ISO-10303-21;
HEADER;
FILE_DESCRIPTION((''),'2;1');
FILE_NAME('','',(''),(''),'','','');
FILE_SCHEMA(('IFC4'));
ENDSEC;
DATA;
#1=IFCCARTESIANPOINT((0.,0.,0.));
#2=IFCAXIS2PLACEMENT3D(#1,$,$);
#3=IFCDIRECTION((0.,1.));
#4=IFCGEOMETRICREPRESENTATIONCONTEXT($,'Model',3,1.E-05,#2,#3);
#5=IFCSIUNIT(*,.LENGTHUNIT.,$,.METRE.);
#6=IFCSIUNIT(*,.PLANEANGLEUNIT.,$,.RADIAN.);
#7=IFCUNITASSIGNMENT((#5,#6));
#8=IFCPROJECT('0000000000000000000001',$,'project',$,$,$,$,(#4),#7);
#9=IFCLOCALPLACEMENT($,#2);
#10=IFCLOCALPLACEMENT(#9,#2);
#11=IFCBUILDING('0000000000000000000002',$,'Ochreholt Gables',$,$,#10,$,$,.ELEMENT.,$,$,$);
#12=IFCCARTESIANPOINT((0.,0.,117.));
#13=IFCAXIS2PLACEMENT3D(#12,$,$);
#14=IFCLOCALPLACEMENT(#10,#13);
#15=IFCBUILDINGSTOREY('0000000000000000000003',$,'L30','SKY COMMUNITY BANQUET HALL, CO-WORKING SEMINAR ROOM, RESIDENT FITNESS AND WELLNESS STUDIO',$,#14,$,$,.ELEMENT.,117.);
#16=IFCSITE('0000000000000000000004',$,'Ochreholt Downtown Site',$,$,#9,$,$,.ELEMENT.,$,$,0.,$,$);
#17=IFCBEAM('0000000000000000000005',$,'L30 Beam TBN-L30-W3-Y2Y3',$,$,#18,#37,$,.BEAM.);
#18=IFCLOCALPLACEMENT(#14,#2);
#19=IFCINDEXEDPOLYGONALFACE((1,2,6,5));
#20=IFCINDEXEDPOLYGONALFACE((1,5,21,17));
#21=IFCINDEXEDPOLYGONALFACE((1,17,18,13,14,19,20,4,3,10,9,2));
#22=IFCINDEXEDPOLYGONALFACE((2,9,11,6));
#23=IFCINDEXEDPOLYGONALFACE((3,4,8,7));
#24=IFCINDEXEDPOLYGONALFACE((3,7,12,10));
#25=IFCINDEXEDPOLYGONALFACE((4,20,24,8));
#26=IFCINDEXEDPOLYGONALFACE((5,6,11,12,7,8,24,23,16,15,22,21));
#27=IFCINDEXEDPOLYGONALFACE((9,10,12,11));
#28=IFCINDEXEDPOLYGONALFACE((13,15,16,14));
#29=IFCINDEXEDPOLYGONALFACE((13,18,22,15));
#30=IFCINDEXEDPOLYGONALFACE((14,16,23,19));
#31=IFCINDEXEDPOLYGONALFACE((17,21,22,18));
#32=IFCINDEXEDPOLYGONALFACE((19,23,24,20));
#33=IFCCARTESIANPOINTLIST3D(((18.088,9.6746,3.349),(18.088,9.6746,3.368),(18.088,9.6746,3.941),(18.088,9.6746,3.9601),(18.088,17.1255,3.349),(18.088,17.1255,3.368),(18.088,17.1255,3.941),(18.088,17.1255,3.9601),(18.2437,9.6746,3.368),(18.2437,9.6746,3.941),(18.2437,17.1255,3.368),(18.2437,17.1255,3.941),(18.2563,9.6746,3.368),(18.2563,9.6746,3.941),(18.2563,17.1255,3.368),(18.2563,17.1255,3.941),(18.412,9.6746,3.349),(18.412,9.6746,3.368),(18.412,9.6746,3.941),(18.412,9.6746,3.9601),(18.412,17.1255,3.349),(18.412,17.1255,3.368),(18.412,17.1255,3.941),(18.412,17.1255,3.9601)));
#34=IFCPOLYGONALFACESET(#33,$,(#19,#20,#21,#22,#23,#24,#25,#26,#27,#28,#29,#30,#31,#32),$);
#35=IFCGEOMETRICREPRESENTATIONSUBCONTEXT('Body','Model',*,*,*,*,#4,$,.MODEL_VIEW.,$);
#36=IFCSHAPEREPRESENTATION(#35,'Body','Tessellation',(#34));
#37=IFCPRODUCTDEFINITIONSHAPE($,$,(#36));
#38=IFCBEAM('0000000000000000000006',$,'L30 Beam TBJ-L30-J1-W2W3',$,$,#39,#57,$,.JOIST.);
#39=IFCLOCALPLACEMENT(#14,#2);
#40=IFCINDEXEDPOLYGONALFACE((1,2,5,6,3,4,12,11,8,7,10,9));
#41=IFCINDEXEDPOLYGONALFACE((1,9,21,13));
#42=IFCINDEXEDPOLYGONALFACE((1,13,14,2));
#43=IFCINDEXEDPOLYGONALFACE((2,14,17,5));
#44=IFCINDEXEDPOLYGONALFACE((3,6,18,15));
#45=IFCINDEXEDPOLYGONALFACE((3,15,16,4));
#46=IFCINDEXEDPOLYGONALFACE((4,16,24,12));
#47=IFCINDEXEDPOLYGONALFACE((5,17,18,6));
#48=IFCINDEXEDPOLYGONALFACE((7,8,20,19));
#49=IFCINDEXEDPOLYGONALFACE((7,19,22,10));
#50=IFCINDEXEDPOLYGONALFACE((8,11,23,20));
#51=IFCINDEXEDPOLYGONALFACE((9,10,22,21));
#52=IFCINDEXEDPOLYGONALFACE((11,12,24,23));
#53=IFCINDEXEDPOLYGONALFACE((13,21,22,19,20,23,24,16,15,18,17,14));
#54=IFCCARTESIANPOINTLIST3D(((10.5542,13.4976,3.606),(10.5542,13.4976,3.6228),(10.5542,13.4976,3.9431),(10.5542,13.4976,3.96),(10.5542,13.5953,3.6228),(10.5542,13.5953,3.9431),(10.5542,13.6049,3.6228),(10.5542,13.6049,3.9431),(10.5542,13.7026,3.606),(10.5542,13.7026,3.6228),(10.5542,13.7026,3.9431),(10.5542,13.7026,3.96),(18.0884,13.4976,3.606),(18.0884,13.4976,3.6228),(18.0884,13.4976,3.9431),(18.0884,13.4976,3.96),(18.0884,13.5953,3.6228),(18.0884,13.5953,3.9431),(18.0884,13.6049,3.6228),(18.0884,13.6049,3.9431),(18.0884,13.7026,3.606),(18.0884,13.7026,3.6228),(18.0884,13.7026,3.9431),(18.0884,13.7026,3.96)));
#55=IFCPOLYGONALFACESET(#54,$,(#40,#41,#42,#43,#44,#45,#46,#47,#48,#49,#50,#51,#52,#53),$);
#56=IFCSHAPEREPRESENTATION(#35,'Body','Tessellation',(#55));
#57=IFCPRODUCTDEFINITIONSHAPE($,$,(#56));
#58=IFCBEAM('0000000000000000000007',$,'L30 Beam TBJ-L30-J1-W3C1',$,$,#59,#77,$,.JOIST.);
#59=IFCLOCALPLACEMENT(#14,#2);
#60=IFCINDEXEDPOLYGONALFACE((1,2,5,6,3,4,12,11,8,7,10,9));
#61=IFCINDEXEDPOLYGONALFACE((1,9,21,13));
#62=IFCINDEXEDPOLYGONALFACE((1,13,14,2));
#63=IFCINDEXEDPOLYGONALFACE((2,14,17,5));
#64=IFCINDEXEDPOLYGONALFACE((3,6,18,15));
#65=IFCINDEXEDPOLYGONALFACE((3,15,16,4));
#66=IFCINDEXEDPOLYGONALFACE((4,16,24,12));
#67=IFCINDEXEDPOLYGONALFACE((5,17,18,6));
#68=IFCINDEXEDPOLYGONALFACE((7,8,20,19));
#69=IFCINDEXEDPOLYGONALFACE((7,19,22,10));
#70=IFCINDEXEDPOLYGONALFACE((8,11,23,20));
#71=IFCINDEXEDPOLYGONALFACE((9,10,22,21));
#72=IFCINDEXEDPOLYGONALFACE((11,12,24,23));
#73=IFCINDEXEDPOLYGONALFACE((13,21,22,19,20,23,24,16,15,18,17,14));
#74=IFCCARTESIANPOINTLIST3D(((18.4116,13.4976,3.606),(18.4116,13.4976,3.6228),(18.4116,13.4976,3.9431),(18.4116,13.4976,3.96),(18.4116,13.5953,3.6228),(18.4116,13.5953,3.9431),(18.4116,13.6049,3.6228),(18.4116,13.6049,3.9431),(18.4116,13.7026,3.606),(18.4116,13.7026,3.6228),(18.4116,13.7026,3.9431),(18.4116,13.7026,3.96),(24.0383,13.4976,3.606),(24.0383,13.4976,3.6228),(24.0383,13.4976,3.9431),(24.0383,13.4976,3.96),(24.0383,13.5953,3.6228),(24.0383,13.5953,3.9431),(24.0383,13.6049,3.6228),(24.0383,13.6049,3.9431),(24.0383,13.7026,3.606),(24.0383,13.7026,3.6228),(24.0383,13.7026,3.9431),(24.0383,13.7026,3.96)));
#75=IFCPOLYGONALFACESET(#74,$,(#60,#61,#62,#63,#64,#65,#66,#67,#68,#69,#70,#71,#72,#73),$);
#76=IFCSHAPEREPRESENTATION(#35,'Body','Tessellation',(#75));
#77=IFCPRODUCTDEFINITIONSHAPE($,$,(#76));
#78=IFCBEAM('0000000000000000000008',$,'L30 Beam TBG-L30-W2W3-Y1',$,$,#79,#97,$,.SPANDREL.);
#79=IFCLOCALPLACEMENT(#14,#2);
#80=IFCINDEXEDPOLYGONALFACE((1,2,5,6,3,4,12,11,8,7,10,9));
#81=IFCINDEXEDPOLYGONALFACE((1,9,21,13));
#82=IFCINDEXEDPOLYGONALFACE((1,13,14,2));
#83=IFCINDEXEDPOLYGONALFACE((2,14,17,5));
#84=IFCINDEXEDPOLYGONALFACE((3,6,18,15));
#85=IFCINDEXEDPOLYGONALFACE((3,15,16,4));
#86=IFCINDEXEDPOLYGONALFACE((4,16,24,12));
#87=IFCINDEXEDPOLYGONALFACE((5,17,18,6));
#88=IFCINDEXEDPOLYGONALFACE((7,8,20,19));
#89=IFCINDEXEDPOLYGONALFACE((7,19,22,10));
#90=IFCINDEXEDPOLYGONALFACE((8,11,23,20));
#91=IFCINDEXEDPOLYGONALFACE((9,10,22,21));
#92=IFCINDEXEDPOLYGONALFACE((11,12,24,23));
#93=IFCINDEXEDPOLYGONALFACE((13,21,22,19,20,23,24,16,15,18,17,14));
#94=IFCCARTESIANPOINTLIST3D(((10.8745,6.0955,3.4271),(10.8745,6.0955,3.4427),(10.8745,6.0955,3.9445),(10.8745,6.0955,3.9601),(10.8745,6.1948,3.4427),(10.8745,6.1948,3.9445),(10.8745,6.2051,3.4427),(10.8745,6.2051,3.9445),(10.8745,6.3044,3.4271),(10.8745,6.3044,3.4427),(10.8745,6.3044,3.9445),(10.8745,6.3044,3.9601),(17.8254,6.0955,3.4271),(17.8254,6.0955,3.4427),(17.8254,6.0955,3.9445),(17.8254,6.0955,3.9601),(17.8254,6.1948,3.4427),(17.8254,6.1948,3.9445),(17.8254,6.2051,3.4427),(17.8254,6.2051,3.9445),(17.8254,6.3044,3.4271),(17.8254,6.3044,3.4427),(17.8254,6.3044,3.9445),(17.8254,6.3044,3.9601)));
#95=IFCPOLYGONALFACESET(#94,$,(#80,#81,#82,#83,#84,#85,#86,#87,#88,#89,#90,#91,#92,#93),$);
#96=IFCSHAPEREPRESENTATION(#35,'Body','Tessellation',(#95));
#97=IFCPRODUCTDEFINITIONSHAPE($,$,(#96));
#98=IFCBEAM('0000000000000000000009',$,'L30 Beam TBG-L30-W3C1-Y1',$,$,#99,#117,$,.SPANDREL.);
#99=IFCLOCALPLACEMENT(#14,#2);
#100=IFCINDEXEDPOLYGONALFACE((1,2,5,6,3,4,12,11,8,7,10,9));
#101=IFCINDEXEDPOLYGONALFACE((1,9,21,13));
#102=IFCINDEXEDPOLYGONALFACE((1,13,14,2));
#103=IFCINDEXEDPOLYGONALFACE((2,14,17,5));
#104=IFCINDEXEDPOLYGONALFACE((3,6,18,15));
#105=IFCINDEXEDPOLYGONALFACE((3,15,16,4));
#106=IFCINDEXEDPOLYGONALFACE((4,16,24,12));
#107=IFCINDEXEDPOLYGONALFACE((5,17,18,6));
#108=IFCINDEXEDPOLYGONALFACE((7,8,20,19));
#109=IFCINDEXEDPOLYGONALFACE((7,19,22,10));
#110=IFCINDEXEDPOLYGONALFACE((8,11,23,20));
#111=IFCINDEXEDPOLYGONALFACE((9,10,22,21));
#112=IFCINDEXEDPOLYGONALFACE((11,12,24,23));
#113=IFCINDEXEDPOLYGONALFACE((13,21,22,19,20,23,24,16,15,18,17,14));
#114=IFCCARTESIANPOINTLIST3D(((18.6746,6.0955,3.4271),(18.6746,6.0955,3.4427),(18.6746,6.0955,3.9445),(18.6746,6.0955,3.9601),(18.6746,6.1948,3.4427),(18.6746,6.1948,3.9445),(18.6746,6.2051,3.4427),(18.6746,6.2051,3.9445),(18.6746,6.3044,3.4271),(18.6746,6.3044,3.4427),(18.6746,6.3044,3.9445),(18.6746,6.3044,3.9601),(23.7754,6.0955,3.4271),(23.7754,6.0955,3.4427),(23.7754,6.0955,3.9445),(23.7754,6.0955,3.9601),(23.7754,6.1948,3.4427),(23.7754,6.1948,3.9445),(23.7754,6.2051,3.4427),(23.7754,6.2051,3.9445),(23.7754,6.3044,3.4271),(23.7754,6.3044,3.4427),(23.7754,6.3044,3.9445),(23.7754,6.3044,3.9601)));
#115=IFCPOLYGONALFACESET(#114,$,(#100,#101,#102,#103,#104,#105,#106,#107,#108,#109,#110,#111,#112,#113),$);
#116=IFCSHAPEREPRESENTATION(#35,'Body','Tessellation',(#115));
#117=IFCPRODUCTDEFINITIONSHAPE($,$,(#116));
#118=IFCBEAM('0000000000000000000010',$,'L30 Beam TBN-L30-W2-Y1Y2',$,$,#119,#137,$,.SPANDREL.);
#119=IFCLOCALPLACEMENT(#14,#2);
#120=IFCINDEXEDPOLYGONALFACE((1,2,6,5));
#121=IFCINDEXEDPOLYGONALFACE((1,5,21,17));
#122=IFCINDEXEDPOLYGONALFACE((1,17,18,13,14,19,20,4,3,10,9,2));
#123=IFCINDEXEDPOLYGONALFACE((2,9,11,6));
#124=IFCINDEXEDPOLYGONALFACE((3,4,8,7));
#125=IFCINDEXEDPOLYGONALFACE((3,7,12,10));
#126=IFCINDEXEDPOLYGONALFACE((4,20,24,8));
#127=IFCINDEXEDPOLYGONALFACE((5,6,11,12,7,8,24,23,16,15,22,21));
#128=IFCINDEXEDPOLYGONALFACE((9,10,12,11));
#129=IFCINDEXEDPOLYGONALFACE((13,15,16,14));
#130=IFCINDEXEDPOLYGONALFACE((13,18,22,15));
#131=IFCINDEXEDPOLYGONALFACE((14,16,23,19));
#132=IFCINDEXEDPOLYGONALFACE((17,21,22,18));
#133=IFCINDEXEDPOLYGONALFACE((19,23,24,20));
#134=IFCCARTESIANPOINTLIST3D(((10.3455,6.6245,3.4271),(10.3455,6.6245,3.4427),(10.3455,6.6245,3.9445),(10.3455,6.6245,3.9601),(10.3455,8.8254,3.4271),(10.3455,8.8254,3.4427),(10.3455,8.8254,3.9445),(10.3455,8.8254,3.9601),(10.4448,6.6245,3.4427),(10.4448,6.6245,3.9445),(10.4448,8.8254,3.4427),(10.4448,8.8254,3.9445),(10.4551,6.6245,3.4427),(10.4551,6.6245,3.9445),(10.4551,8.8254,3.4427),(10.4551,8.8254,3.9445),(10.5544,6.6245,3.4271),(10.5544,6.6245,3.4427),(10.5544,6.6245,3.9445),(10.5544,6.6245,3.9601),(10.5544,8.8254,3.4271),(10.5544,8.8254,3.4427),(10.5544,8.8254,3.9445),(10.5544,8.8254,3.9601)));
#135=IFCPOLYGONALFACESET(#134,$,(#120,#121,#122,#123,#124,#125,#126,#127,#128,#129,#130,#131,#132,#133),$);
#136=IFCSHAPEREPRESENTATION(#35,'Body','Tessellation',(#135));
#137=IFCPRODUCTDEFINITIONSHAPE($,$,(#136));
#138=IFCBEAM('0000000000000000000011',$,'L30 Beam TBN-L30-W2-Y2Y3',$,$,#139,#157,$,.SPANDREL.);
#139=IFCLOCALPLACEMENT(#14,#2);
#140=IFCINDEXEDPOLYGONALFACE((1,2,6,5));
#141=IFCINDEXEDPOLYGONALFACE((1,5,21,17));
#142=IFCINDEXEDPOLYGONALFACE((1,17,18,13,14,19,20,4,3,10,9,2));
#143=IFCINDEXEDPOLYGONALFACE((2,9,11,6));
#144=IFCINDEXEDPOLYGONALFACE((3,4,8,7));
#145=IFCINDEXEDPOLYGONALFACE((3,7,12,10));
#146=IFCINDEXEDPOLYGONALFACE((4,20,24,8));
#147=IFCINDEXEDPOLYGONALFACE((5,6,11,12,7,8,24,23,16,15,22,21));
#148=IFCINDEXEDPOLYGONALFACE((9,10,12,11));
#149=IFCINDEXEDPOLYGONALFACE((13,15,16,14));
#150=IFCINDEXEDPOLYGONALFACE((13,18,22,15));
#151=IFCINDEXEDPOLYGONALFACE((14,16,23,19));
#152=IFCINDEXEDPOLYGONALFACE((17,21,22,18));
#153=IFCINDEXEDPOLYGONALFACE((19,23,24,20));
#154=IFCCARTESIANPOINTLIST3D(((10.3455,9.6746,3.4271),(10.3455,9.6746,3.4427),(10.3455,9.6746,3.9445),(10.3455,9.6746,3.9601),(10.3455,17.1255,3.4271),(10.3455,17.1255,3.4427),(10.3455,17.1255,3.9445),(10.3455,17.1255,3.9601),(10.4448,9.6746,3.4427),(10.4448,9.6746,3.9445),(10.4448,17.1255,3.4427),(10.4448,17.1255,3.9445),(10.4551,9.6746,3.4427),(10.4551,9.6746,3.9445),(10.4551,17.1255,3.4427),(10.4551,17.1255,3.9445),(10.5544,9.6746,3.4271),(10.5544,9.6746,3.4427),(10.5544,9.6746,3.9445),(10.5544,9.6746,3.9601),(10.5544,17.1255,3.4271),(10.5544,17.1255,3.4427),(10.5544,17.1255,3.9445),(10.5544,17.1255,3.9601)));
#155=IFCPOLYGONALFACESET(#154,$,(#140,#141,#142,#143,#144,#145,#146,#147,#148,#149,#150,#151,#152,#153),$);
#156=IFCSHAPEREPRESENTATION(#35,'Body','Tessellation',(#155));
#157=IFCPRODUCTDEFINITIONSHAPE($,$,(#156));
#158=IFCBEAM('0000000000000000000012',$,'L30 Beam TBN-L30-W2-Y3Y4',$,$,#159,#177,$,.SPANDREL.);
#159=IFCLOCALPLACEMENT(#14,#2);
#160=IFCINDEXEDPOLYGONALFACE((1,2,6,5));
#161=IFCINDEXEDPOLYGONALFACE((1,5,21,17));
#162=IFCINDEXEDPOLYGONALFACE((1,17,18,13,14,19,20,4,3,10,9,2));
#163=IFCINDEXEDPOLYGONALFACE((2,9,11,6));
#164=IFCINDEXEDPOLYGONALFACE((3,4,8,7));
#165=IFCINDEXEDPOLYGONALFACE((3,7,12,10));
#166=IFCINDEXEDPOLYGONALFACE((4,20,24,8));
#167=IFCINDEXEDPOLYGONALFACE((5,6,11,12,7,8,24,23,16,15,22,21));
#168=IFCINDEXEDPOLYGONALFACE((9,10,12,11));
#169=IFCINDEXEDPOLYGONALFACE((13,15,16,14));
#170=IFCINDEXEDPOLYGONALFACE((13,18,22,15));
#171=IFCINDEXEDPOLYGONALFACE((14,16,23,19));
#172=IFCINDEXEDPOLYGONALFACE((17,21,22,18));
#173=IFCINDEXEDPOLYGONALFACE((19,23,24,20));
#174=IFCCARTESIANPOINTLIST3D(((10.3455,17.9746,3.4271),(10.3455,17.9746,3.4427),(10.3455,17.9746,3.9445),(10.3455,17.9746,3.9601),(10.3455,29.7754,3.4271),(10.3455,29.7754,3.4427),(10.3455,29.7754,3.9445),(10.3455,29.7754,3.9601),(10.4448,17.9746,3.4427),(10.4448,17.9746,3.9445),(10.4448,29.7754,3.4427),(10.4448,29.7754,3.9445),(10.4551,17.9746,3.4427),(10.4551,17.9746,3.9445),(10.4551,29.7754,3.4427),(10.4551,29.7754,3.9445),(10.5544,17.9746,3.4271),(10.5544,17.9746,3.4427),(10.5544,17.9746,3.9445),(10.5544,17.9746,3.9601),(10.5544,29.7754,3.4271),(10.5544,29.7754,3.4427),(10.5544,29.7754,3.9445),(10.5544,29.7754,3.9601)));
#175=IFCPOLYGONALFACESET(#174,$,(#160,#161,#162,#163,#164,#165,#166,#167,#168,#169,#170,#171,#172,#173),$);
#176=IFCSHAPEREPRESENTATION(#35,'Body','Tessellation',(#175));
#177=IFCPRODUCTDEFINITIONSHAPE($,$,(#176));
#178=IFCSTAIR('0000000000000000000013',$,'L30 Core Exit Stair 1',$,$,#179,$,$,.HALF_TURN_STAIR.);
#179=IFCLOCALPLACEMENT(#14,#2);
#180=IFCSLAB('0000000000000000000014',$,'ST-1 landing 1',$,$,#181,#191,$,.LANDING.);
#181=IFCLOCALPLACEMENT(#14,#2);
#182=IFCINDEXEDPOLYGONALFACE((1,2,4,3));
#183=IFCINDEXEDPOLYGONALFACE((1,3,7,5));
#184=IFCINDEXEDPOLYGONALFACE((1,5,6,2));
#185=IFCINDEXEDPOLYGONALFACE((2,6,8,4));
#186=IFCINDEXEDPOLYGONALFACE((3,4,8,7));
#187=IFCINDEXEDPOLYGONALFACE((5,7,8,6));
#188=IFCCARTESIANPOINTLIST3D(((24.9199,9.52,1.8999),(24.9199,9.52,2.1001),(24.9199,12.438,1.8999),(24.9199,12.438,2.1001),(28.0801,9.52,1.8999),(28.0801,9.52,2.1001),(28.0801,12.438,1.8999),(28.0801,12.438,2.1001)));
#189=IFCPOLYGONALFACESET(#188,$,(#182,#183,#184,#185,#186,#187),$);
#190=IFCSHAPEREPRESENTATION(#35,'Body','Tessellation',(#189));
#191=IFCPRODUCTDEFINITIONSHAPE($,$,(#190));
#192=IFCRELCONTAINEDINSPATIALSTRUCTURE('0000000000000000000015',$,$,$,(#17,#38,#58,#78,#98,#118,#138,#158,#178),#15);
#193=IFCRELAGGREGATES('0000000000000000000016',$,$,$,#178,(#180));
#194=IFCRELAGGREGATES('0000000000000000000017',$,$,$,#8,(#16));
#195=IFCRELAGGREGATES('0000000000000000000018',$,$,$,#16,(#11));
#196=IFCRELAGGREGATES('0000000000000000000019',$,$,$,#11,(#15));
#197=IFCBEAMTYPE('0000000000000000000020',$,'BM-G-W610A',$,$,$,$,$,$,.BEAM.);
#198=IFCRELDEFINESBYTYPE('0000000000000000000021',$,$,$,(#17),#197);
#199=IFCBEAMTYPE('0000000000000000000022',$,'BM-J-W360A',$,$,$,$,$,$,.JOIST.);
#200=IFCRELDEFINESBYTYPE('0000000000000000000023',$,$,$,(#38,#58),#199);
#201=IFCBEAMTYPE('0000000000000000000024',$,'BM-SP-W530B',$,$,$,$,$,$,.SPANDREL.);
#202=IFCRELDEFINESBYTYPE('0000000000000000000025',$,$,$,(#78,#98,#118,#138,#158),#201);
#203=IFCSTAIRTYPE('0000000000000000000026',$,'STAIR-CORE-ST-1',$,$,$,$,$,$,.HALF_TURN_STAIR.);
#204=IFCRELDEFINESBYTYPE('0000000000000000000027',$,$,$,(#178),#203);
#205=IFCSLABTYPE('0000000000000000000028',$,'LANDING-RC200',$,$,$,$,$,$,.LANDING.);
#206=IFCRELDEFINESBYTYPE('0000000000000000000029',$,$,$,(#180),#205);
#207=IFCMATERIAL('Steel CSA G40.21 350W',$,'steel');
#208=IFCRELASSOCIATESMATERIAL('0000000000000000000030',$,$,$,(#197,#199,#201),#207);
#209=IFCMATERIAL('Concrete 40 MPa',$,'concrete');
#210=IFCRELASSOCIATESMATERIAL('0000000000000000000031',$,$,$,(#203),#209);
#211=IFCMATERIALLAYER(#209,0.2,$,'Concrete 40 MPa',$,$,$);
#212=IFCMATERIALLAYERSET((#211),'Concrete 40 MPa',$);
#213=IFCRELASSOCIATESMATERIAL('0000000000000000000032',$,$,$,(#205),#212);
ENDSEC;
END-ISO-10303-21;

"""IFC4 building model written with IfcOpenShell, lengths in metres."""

from ifc_helpers import new_model, si_unit, direction, frame, origin, origin_2d, place, context, subcontext, project, spatial, polyline, i_section, outline, extrude, material, layer, layer_set, material_profile, profile_set, type_object, element, aggregate, save


model = new_model("IFC4")

# Units and contexts
model_context = context("Model", 3, precision=1e-05, world=origin(), true_north=direction((0.0, 1.0)))
body_context = subcontext(model_context, "Body", "Model", "MODEL_VIEW")
ifc_project = project(units=[si_unit("LENGTHUNIT", "METRE"), si_unit("PLANEANGLEUNIT", "RADIAN")], contexts=[model_context])

# Site, building, storey
site_placement = place(None, origin())
site = spatial("IfcSite", under=ifc_project, at=site_placement, Name="Ochreholt Downtown Site", CompositionType="ELEMENT", RefElevation=0.0)
building_placement = place(site_placement, origin())
building = spatial("IfcBuilding", under=site, at=building_placement, Name="Ochreholt Gables", CompositionType="ELEMENT")
storey_placement = place(building_placement, frame((0.0, 0.0, 117.0)))
storey = spatial("IfcBuildingStorey", under=building, at=storey_placement, Name="L30", Description="SKY COMMUNITY BANQUET HALL, CO-WORKING SEMINAR ROOM, RESIDENT FITNESS AND WELLNESS STUDIO", CompositionType="ELEMENT", Elevation=117.0)

# Beams
ifc_material_1 = material(Name="Steel CSA G40.21 350W", Category="steel")
ifc_material_profile_1 = material_profile(ifc_material_1, i_section(OverallWidth=0.324, OverallDepth=0.6111, WebThickness=0.0127, FlangeThickness=0.019, at=origin_2d()), Name="W610X155")
ifc_profile_set_1 = profile_set([ifc_material_profile_1], Name="Steel CSA G40.21 350W")
beam_type_1 = type_object("IfcBeamType", Name="BM-G-W610A", PredefinedType="BEAM", material=ifc_profile_set_1)
beam_1_placement = place(storey_placement, frame((18.25, 9.6746, 3.6545), z_axis=(0.0, 1.0, 0.0), x_axis=(-1.0, 0.0, 0.0)))
element("IfcBeam", 1, at=beam_1_placement, inside=storey, type_object=beam_type_1, Name="L30 Beam TBN-L30-W3-Y2Y3", PredefinedType="BEAM", context=body_context, shape_type="SweptSolid", body=[
    extrude(i_section(OverallWidth=0.324, OverallDepth=0.6111, WebThickness=0.0127, FlangeThickness=0.019, at=origin_2d()), origin(), (0.0, 0.0, 1.0), 7.4509),
])
ifc_material_profile_2 = material_profile(ifc_material_1, i_section(OverallWidth=0.2051, OverallDepth=0.354, WebThickness=0.0095, FlangeThickness=0.0168, at=origin_2d()), Name="W360X79")
ifc_profile_set_2 = profile_set([ifc_material_profile_2], Name="Steel CSA G40.21 350W")
beam_type_2 = type_object("IfcBeamType", Name="BM-J-W360A", PredefinedType="JOIST", material=ifc_profile_set_2)
beam_2_placement = place(storey_placement, frame((10.5542, 13.6001, 3.783), z_axis=(1.0, 0.0, 0.0), x_axis=(0.0, 1.0, 0.0)))
element("IfcBeam", 2, at=beam_2_placement, inside=storey, type_object=beam_type_2, Name="L30 Beam TBJ-L30-J1-W2W3", PredefinedType="JOIST", context=body_context, shape_type="SweptSolid", body=[
    extrude(i_section(OverallWidth=0.2051, OverallDepth=0.354, WebThickness=0.0095, FlangeThickness=0.0168, at=origin_2d()), origin(), (0.0, 0.0, 1.0), 7.5342),
])
beam_3_placement = place(storey_placement, frame((18.4116, 13.6001, 3.783), z_axis=(1.0, 0.0, 0.0), x_axis=(0.0, 1.0, 0.0)))
element("IfcBeam", 3, at=beam_3_placement, inside=storey, type_object=beam_type_2, Name="L30 Beam TBJ-L30-J1-W3C1", PredefinedType="JOIST", context=body_context, shape_type="SweptSolid", body=[
    extrude(i_section(OverallWidth=0.2051, OverallDepth=0.354, WebThickness=0.0095, FlangeThickness=0.0168, at=origin_2d()), origin(), (0.0, 0.0, 1.0), 5.6267),
])
ifc_material_profile_3 = material_profile(ifc_material_1, i_section(OverallWidth=0.209, OverallDepth=0.533, WebThickness=0.0103, FlangeThickness=0.0156, at=origin_2d()), Name="W530X92")
ifc_profile_set_3 = profile_set([ifc_material_profile_3], Name="Steel CSA G40.21 350W")
beam_type_3 = type_object("IfcBeamType", Name="BM-SP-W530B", PredefinedType="SPANDREL", material=ifc_profile_set_3)
beam_4_placement = place(storey_placement, frame((10.8745, 6.2, 3.6936), z_axis=(1.0, 0.0, 0.0), x_axis=(0.0, 1.0, 0.0)))
element("IfcBeam", 4, at=beam_4_placement, inside=storey, type_object=beam_type_3, Name="L30 Beam TBG-L30-W2W3-Y1", PredefinedType="SPANDREL", context=body_context, shape_type="SweptSolid", body=[
    extrude(i_section(OverallWidth=0.209, OverallDepth=0.533, WebThickness=0.0103, FlangeThickness=0.0156, at=origin_2d()), origin(), (0.0, 0.0, 1.0), 6.9509),
])
beam_5_placement = place(storey_placement, frame((18.6746, 6.2, 3.6936), z_axis=(1.0, 0.0, 0.0), x_axis=(0.0, 1.0, 0.0)))
element("IfcBeam", 5, at=beam_5_placement, inside=storey, type_object=beam_type_3, Name="L30 Beam TBG-L30-W3C1-Y1", PredefinedType="SPANDREL", context=body_context, shape_type="SweptSolid", body=[
    extrude(i_section(OverallWidth=0.209, OverallDepth=0.533, WebThickness=0.0103, FlangeThickness=0.0156, at=origin_2d()), origin(), (0.0, 0.0, 1.0), 5.1008),
])
beam_6_placement = place(storey_placement, frame((10.45, 6.6245, 3.6936), z_axis=(0.0, 1.0, 0.0), x_axis=(-1.0, 0.0, 0.0)))
element("IfcBeam", 6, at=beam_6_placement, inside=storey, type_object=beam_type_3, Name="L30 Beam TBN-L30-W2-Y1Y2", PredefinedType="SPANDREL", context=body_context, shape_type="SweptSolid", body=[
    extrude(i_section(OverallWidth=0.209, OverallDepth=0.533, WebThickness=0.0103, FlangeThickness=0.0156, at=origin_2d()), origin(), (0.0, 0.0, 1.0), 2.2009),
])
beam_7_placement = place(storey_placement, frame((10.45, 9.6746, 3.6936), z_axis=(0.0, 1.0, 0.0), x_axis=(-1.0, 0.0, 0.0)))
element("IfcBeam", 7, at=beam_7_placement, inside=storey, type_object=beam_type_3, Name="L30 Beam TBN-L30-W2-Y2Y3", PredefinedType="SPANDREL", context=body_context, shape_type="SweptSolid", body=[
    extrude(i_section(OverallWidth=0.209, OverallDepth=0.533, WebThickness=0.0103, FlangeThickness=0.0156, at=origin_2d()), origin(), (0.0, 0.0, 1.0), 7.4509),
])
beam_8_placement = place(storey_placement, frame((10.45, 17.9746, 3.6936), z_axis=(0.0, 1.0, 0.0), x_axis=(-1.0, 0.0, 0.0)))
element("IfcBeam", 8, at=beam_8_placement, inside=storey, type_object=beam_type_3, Name="L30 Beam TBN-L30-W2-Y3Y4", PredefinedType="SPANDREL", context=body_context, shape_type="SweptSolid", body=[
    extrude(i_section(OverallWidth=0.209, OverallDepth=0.533, WebThickness=0.0103, FlangeThickness=0.0156, at=origin_2d()), origin(), (0.0, 0.0, 1.0), 11.8008),
])

# Stair, slab
ifc_material_2 = material(Name="Concrete 40 MPa", Category="concrete")
stair_type_1 = type_object("IfcStairType", Name="STAIR-CORE-ST-1", PredefinedType="HALF_TURN_STAIR", material=ifc_material_2)
stair_1_placement = place(storey_placement, origin())
stair_1 = element("IfcStair", 9, at=stair_1_placement, inside=storey, type_object=stair_type_1, Name="L30 Core Exit Stair 1", PredefinedType="HALF_TURN_STAIR")
ifc_layer_1 = layer(ifc_material_2, 0.2, Name="Concrete 40 MPa")
ifc_layer_set_1 = layer_set([ifc_layer_1], Name="Concrete 40 MPa")
slab_type_1 = type_object("IfcSlabType", Name="LANDING-RC200", PredefinedType="LANDING", material=ifc_layer_set_1)
slab_1_placement = place(storey_placement, frame((0.0, 0.0, 1.8999)))
slab_1 = element("IfcSlab", 10, at=slab_1_placement, type_object=slab_type_1, Name="ST-1 landing 1", PredefinedType="LANDING", context=body_context, shape_type="SweptSolid", body=[
    extrude(outline(polyline([(24.9199, 12.438), (24.9199, 9.52), (28.0801, 9.52), (28.0801, 12.438), (24.9199, 12.438)])), origin(), (0.0, 0.0, 1.0), 0.2002),
])
aggregate(stair_1, [slab_1])

save(model, "model.ifc")
